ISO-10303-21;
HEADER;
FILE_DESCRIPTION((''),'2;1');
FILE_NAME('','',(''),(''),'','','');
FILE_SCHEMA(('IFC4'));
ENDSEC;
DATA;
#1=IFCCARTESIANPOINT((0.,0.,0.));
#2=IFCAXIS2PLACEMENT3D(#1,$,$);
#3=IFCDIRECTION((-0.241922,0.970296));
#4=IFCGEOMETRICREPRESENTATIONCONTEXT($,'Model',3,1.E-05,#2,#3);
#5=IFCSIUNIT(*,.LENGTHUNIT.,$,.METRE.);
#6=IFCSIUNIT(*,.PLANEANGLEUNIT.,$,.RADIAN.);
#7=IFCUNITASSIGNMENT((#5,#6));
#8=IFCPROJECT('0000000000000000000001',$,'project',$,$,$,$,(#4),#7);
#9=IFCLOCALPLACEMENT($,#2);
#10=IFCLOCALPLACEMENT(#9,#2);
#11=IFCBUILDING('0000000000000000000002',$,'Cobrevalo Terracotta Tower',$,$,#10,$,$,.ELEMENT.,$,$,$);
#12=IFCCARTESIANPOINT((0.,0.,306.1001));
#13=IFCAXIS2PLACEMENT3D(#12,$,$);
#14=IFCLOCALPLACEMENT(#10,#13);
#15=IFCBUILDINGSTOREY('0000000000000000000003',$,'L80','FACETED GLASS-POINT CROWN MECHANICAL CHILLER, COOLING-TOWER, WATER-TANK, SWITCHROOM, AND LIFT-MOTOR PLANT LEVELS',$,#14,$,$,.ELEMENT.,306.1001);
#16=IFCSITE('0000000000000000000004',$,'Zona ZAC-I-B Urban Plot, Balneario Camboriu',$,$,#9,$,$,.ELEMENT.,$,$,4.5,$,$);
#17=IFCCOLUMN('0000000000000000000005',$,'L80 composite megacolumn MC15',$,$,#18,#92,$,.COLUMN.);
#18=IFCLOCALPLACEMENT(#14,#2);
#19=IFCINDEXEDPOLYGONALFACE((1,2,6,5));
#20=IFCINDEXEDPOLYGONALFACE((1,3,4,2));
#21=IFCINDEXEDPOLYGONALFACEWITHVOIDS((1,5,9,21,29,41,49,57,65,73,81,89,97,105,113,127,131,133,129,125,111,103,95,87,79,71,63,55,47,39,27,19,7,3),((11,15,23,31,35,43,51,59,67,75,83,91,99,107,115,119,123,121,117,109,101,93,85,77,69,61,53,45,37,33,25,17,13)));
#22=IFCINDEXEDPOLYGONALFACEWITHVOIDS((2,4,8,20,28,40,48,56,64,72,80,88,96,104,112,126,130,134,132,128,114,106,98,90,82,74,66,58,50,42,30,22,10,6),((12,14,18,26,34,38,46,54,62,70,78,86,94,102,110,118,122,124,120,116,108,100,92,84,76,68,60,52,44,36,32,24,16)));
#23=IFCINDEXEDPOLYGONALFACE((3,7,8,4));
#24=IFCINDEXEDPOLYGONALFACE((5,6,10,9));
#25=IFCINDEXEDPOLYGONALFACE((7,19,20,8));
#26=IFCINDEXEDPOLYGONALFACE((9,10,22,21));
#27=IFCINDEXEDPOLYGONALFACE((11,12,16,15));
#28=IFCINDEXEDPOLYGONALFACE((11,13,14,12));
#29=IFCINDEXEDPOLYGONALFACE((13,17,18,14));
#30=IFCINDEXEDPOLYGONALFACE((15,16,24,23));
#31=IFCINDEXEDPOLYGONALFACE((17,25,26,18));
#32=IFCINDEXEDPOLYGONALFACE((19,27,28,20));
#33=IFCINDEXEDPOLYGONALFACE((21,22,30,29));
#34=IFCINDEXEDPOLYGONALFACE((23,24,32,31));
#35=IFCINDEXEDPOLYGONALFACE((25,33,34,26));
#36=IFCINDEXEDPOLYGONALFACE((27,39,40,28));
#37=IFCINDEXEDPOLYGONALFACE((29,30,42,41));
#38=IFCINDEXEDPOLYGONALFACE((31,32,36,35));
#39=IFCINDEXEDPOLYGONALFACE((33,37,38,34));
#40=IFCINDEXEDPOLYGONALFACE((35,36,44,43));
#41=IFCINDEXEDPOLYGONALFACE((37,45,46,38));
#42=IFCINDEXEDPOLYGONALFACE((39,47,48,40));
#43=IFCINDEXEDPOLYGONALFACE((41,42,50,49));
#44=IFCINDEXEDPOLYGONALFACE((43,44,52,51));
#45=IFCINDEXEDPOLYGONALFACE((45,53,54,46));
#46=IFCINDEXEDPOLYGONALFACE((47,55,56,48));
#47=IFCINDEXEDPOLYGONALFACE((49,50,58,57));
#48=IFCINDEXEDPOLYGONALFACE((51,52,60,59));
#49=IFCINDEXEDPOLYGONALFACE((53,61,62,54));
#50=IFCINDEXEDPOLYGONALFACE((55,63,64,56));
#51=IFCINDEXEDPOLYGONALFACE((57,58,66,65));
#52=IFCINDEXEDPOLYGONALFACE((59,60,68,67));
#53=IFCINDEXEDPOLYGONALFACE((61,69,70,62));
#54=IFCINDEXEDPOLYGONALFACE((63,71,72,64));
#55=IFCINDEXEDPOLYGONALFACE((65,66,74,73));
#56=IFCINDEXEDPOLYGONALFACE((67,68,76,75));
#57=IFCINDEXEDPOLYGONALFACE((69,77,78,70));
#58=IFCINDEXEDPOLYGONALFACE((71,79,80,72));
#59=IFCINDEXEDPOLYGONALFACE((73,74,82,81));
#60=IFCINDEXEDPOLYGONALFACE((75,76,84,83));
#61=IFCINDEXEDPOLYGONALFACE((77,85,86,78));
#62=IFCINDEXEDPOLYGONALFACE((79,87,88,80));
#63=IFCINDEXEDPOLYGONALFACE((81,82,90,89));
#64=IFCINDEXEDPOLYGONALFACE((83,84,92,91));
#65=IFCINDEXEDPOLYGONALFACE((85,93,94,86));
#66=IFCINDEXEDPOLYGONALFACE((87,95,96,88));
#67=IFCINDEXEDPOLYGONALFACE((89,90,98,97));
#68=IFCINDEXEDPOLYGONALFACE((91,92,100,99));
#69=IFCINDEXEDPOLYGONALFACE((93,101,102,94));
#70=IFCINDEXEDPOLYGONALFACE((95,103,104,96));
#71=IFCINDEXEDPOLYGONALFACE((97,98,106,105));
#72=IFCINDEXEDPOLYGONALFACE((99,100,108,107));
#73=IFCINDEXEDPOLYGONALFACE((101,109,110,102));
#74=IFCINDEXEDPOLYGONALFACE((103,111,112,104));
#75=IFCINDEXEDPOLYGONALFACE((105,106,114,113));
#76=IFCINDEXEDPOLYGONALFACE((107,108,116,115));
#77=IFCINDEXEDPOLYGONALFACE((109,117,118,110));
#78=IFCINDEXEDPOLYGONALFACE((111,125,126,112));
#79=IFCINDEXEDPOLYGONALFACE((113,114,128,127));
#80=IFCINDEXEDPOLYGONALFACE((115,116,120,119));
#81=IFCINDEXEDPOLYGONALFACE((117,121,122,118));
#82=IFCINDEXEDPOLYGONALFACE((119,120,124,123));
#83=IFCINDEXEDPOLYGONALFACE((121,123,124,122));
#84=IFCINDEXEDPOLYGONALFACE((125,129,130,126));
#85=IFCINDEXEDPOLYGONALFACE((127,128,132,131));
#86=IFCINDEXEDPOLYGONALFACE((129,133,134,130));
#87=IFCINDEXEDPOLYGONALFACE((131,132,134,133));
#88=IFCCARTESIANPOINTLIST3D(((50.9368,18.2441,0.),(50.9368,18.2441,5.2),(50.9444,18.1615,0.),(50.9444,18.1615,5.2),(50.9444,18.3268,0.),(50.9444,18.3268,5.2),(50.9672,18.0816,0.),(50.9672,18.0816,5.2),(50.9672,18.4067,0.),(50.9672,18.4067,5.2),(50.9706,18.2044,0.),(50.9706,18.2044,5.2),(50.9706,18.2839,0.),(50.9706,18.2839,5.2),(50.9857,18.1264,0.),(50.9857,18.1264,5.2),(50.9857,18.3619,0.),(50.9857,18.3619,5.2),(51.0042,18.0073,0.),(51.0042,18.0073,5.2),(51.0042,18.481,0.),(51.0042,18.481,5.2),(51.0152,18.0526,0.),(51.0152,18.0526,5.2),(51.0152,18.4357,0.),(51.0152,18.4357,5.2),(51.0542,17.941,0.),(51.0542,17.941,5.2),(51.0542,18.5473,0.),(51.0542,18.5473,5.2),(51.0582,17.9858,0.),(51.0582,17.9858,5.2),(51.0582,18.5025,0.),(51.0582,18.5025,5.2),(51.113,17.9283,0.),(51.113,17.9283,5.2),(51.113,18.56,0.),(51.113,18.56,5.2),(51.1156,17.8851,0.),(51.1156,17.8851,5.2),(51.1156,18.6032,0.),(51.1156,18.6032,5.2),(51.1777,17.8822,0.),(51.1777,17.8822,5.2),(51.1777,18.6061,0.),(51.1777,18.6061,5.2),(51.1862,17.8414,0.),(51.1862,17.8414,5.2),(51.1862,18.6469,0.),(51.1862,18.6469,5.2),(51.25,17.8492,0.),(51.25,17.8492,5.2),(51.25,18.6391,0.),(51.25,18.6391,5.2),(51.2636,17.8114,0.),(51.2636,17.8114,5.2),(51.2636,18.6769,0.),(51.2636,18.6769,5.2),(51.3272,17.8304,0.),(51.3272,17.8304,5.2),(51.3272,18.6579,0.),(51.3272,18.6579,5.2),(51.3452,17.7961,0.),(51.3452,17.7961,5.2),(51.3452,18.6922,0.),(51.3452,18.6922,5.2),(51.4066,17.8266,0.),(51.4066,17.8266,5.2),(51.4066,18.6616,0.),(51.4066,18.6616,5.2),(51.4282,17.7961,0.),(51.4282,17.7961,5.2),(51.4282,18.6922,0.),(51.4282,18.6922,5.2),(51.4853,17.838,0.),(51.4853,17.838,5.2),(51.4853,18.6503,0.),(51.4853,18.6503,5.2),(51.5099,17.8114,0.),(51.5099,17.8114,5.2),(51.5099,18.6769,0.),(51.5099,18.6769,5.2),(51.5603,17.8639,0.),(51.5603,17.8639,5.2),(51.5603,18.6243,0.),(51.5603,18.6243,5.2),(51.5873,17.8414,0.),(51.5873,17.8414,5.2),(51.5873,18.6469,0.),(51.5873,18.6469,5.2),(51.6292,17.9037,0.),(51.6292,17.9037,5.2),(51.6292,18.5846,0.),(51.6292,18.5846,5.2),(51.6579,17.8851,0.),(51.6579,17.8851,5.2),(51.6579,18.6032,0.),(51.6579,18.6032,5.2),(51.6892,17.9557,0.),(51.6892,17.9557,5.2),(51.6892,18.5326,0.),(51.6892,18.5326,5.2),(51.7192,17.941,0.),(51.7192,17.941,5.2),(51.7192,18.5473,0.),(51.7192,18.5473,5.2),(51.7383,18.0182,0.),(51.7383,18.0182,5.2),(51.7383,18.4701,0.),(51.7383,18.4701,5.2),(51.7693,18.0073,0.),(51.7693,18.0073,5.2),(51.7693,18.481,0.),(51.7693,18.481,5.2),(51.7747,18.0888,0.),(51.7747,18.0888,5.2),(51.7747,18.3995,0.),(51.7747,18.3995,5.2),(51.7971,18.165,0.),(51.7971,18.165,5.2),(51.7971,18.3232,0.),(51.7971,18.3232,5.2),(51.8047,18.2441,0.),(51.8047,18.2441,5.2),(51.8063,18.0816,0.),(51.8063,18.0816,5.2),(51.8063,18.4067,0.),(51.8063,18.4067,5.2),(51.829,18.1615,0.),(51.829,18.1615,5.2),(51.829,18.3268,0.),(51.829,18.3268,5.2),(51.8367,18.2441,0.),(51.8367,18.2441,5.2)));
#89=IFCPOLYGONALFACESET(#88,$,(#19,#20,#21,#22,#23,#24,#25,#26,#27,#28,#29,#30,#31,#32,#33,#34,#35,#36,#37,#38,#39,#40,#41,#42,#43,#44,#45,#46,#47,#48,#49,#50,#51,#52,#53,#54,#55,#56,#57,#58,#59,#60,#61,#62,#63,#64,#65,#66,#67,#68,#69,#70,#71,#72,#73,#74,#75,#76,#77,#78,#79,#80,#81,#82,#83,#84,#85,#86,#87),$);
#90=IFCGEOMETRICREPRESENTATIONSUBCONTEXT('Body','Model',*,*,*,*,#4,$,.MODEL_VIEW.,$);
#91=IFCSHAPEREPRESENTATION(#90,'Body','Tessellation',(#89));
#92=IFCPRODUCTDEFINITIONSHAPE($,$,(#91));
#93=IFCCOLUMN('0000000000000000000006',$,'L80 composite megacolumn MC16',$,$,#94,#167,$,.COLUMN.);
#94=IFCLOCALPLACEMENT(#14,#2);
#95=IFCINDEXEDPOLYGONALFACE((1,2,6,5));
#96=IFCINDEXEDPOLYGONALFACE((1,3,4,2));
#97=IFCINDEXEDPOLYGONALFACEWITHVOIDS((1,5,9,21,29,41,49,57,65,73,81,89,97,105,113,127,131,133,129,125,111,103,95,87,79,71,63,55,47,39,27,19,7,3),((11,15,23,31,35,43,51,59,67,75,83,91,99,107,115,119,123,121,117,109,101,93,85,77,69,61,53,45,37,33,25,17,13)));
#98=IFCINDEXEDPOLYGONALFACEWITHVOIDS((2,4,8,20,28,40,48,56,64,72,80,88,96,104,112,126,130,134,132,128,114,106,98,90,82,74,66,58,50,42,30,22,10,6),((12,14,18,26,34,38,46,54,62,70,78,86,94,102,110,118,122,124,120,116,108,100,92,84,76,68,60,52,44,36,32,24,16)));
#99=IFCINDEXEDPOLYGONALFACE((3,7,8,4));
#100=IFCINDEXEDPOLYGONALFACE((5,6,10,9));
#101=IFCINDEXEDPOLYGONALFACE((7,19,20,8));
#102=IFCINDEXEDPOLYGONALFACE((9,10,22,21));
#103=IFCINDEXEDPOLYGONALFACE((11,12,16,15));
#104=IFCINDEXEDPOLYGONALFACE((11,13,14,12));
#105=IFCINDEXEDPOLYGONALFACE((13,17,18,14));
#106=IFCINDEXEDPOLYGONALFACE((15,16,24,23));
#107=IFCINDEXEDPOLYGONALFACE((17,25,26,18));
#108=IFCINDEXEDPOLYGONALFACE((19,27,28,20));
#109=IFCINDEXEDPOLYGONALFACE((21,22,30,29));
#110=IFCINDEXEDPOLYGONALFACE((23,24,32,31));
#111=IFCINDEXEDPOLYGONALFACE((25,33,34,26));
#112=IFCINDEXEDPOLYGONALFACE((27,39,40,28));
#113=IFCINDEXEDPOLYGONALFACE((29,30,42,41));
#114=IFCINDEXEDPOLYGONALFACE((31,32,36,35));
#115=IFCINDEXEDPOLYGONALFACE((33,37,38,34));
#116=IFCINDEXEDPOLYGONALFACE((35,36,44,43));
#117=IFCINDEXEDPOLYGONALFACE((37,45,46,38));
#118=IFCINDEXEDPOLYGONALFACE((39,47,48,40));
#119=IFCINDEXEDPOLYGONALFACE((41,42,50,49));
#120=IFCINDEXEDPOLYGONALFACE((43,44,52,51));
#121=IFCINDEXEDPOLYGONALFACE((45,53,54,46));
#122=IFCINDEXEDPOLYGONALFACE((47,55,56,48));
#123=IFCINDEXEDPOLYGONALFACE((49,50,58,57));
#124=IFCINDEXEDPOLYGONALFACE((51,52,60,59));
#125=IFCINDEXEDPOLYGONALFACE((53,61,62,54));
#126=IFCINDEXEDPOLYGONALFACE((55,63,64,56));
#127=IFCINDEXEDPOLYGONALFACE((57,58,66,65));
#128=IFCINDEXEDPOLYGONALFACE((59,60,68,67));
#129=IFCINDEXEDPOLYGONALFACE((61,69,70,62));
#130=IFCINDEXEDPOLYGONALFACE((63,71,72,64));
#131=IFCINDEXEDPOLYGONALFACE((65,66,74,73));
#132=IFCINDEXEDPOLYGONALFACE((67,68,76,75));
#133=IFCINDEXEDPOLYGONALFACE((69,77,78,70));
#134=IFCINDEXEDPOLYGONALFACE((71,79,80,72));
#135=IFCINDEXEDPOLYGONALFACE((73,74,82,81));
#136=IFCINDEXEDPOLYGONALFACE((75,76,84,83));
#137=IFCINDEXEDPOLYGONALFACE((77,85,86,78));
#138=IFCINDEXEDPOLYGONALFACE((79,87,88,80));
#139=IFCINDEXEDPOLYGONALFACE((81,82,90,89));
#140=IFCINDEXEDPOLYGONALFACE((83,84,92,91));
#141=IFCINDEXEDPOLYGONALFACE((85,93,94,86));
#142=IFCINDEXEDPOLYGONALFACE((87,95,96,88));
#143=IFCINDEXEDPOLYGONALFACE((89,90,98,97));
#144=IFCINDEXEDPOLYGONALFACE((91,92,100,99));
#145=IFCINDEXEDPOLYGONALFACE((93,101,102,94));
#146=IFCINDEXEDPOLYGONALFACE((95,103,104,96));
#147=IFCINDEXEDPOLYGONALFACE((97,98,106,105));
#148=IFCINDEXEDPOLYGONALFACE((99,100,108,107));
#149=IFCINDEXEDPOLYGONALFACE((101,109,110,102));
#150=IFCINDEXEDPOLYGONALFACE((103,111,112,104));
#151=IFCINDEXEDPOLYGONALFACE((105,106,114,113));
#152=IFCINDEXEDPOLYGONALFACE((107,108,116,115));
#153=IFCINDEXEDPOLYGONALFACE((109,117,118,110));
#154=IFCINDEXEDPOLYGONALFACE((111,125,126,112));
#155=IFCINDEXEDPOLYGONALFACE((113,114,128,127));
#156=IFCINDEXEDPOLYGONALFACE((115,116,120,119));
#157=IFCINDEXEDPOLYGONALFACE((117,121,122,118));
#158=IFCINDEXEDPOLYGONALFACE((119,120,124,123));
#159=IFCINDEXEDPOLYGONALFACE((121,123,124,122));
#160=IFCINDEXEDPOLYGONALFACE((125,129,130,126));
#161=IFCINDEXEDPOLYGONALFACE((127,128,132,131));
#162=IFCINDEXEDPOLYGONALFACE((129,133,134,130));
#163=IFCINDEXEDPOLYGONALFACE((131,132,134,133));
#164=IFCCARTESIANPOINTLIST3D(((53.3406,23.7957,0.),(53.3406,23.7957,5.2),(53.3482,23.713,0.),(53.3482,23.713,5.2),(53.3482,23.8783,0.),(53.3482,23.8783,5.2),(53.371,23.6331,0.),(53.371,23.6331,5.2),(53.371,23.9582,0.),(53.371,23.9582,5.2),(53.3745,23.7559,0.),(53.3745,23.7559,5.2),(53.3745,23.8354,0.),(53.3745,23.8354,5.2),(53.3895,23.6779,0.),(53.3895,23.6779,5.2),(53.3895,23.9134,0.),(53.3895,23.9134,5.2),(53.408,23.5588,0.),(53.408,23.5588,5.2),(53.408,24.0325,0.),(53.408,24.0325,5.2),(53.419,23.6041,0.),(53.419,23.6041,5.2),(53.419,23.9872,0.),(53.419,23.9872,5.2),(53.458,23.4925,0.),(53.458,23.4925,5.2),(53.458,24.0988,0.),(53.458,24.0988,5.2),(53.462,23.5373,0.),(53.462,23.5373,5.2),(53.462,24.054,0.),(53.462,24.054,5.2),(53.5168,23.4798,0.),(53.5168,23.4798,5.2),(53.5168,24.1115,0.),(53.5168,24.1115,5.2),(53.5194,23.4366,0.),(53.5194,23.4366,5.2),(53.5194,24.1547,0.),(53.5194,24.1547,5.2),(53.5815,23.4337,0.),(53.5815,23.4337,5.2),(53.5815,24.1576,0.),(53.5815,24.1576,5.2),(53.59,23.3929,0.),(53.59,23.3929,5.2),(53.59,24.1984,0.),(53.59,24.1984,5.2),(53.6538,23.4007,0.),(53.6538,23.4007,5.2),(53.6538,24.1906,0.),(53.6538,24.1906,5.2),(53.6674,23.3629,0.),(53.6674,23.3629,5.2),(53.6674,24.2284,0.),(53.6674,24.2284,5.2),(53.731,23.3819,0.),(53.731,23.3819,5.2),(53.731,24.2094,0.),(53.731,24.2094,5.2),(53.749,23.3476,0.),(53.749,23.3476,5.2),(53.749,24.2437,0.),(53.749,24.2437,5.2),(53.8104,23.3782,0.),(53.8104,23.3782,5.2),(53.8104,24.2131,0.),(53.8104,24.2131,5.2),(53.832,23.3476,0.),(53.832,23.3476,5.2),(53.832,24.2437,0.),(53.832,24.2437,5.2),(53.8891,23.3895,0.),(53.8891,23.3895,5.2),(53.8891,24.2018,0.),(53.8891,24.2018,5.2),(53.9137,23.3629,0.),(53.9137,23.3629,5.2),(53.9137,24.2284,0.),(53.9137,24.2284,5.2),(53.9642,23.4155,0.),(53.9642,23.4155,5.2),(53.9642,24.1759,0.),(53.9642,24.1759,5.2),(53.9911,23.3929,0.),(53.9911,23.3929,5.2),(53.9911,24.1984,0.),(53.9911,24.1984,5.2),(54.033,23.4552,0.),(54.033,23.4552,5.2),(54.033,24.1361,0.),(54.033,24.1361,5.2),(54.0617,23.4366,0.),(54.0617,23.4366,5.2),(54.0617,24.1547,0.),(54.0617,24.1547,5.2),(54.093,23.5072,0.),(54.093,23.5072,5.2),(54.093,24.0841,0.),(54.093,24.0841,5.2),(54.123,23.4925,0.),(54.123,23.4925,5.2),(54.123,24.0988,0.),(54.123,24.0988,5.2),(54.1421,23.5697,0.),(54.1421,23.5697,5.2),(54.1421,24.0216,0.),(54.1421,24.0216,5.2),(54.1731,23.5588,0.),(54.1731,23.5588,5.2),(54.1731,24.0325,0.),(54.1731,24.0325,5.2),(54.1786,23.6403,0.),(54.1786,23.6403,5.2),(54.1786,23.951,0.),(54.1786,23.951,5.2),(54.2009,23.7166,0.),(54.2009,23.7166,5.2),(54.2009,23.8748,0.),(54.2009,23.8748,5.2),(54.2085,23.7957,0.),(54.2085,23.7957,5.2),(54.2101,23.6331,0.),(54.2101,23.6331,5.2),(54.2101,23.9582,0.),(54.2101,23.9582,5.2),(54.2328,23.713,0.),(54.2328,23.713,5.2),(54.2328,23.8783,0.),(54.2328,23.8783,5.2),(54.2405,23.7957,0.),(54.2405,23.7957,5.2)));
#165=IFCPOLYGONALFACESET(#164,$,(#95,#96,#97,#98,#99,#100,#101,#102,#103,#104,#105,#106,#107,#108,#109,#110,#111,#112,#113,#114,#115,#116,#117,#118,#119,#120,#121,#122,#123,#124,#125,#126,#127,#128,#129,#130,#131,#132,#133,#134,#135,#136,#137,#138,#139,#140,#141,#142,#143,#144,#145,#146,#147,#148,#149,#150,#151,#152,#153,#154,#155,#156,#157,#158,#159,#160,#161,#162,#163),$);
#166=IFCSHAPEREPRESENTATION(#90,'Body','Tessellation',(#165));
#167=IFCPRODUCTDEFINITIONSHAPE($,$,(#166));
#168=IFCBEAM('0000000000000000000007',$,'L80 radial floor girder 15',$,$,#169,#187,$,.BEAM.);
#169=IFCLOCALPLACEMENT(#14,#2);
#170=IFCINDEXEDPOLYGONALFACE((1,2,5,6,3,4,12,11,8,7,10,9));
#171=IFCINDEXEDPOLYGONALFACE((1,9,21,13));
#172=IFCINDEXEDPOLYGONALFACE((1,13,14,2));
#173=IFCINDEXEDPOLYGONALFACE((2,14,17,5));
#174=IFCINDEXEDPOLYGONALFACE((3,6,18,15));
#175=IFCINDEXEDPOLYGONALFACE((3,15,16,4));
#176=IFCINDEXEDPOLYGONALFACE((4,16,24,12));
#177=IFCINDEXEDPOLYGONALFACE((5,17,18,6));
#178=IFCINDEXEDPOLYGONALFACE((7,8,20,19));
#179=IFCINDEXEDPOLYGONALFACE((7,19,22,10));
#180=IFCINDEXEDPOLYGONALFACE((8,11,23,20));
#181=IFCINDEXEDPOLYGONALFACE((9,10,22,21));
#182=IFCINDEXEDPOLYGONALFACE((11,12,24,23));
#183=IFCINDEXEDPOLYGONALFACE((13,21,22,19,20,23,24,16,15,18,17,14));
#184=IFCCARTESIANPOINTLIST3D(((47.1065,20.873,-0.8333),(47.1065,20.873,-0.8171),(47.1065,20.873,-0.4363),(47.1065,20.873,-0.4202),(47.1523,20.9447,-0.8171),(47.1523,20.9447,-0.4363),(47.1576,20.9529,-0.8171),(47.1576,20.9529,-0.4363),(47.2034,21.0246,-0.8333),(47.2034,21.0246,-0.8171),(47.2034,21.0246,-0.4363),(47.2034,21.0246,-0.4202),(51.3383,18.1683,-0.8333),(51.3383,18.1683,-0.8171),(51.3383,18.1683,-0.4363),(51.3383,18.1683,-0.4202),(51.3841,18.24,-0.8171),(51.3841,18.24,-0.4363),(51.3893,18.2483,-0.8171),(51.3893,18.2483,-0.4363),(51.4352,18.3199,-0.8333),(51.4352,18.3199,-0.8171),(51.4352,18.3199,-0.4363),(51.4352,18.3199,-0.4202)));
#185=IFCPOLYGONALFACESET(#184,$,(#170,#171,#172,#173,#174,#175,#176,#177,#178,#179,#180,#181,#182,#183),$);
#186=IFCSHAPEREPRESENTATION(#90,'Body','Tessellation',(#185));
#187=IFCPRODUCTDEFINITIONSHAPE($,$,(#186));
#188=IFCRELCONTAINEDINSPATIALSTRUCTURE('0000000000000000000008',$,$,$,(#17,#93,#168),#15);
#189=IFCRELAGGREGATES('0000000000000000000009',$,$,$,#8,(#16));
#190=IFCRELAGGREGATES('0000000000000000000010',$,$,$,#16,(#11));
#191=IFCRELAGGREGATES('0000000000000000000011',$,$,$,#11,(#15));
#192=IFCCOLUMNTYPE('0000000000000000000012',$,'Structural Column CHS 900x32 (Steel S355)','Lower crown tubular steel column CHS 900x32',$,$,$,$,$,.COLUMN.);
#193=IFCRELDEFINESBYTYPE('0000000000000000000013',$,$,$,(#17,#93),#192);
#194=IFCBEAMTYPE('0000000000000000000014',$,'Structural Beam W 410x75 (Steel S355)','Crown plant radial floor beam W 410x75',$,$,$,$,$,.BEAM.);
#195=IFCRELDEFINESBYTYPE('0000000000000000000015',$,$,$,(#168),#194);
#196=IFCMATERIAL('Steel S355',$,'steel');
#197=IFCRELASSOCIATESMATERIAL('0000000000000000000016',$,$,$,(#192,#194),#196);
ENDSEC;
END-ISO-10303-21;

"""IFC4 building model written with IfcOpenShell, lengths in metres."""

from ifc_helpers import new_model, si_unit, direction, frame, origin, origin_2d, place, context, subcontext, project, spatial, hollow_circle, i_section, extrude, material, material_profile, profile_set, type_object, element, save


model = new_model("IFC4")

# Units and contexts
model_context = context("Model", 3, precision=1e-05, world=origin(), true_north=direction((-0.241922, 0.970296)))
body_context = subcontext(model_context, "Body", "Model", "MODEL_VIEW")
ifc_project = project(units=[si_unit("LENGTHUNIT", "METRE"), si_unit("PLANEANGLEUNIT", "RADIAN")], contexts=[model_context])

# Site, building, storey
site_placement = place(None, origin())
site = spatial("IfcSite", under=ifc_project, at=site_placement, Name="Zona ZAC-I-B Urban Plot, Balneario Camboriu", CompositionType="ELEMENT", RefElevation=4.5)
building_placement = place(site_placement, origin())
building = spatial("IfcBuilding", under=site, at=building_placement, Name="Cobrevalo Terracotta Tower", CompositionType="ELEMENT")
storey_placement = place(building_placement, frame((0.0, 0.0, 306.1001)))
storey = spatial("IfcBuildingStorey", under=building, at=storey_placement, Name="L80", Description="FACETED GLASS-POINT CROWN MECHANICAL CHILLER, COOLING-TOWER, WATER-TANK, SWITCHROOM, AND LIFT-MOTOR PLANT LEVELS", CompositionType="ELEMENT", Elevation=306.1001)

# Columns
ifc_material_1 = material(Name="Steel S355", Category="steel")
ifc_material_profile_1 = material_profile(ifc_material_1, hollow_circle(Radius=0.45, WallThickness=0.032, at=origin_2d()), Name="CHS 900x32")
ifc_profile_set_1 = profile_set([ifc_material_profile_1], Name="Steel S355")
column_type = type_object("IfcColumnType", Name="Structural Column CHS 900x32 (Steel S355)", Description="Lower crown tubular steel column CHS 900x32", PredefinedType="COLUMN", material=ifc_profile_set_1)
for number, where, z_axis, x_axis, name in (
    (1, (51.3867, 18.2441, 0.0), (0.0, 0.0, 1.0), (1.0, 0.0, 0.0), "L80 composite megacolumn MC15"),
    (2, (53.7905, 23.7957, 0.0), (0.0, 0.0, 1.0), (1.0, 0.0, 0.0), "L80 composite megacolumn MC16"),
):
    element("IfcColumn", number, at=place(storey_placement, frame(where, z_axis=z_axis, x_axis=x_axis)), inside=storey, type_object=column_type, Name=name, PredefinedType="COLUMN", context=body_context, shape_type="SweptSolid", body=[
        extrude(hollow_circle(Radius=0.45, WallThickness=0.032, at=origin_2d()), origin(), (0.0, 0.0, 1.0), 5.2),
    ])

# Beam
ifc_material_profile_2 = material_profile(ifc_material_1, i_section(OverallWidth=0.1799, OverallDepth=0.4131, WebThickness=0.0098, FlangeThickness=0.0161, at=origin_2d()), Name="W 410x75")
ifc_profile_set_2 = profile_set([ifc_material_profile_2], Name="Steel S355")
beam_type_1 = type_object("IfcBeamType", Name="Structural Beam W 410x75 (Steel S355)", Description="Crown plant radial floor beam W 410x75", PredefinedType="BEAM", material=ifc_profile_set_2)
beam_1_placement = place(storey_placement, frame((51.3867, 18.2441, -0.6267), z_axis=(-0.842605, 0.538532, 0.0), x_axis=(-0.538532, -0.842605, 0.0)))
element("IfcBeam", 3, at=beam_1_placement, inside=storey, type_object=beam_type_1, Name="L80 radial floor girder 15", PredefinedType="BEAM", context=body_context, shape_type="SweptSolid", body=[
    extrude(i_section(OverallWidth=0.1799, OverallDepth=0.4131, WebThickness=0.0098, FlangeThickness=0.0161, at=origin_2d()), origin(), (0.0, 0.0, 1.0), 5.0222),
])

save(model, "model.ifc")
